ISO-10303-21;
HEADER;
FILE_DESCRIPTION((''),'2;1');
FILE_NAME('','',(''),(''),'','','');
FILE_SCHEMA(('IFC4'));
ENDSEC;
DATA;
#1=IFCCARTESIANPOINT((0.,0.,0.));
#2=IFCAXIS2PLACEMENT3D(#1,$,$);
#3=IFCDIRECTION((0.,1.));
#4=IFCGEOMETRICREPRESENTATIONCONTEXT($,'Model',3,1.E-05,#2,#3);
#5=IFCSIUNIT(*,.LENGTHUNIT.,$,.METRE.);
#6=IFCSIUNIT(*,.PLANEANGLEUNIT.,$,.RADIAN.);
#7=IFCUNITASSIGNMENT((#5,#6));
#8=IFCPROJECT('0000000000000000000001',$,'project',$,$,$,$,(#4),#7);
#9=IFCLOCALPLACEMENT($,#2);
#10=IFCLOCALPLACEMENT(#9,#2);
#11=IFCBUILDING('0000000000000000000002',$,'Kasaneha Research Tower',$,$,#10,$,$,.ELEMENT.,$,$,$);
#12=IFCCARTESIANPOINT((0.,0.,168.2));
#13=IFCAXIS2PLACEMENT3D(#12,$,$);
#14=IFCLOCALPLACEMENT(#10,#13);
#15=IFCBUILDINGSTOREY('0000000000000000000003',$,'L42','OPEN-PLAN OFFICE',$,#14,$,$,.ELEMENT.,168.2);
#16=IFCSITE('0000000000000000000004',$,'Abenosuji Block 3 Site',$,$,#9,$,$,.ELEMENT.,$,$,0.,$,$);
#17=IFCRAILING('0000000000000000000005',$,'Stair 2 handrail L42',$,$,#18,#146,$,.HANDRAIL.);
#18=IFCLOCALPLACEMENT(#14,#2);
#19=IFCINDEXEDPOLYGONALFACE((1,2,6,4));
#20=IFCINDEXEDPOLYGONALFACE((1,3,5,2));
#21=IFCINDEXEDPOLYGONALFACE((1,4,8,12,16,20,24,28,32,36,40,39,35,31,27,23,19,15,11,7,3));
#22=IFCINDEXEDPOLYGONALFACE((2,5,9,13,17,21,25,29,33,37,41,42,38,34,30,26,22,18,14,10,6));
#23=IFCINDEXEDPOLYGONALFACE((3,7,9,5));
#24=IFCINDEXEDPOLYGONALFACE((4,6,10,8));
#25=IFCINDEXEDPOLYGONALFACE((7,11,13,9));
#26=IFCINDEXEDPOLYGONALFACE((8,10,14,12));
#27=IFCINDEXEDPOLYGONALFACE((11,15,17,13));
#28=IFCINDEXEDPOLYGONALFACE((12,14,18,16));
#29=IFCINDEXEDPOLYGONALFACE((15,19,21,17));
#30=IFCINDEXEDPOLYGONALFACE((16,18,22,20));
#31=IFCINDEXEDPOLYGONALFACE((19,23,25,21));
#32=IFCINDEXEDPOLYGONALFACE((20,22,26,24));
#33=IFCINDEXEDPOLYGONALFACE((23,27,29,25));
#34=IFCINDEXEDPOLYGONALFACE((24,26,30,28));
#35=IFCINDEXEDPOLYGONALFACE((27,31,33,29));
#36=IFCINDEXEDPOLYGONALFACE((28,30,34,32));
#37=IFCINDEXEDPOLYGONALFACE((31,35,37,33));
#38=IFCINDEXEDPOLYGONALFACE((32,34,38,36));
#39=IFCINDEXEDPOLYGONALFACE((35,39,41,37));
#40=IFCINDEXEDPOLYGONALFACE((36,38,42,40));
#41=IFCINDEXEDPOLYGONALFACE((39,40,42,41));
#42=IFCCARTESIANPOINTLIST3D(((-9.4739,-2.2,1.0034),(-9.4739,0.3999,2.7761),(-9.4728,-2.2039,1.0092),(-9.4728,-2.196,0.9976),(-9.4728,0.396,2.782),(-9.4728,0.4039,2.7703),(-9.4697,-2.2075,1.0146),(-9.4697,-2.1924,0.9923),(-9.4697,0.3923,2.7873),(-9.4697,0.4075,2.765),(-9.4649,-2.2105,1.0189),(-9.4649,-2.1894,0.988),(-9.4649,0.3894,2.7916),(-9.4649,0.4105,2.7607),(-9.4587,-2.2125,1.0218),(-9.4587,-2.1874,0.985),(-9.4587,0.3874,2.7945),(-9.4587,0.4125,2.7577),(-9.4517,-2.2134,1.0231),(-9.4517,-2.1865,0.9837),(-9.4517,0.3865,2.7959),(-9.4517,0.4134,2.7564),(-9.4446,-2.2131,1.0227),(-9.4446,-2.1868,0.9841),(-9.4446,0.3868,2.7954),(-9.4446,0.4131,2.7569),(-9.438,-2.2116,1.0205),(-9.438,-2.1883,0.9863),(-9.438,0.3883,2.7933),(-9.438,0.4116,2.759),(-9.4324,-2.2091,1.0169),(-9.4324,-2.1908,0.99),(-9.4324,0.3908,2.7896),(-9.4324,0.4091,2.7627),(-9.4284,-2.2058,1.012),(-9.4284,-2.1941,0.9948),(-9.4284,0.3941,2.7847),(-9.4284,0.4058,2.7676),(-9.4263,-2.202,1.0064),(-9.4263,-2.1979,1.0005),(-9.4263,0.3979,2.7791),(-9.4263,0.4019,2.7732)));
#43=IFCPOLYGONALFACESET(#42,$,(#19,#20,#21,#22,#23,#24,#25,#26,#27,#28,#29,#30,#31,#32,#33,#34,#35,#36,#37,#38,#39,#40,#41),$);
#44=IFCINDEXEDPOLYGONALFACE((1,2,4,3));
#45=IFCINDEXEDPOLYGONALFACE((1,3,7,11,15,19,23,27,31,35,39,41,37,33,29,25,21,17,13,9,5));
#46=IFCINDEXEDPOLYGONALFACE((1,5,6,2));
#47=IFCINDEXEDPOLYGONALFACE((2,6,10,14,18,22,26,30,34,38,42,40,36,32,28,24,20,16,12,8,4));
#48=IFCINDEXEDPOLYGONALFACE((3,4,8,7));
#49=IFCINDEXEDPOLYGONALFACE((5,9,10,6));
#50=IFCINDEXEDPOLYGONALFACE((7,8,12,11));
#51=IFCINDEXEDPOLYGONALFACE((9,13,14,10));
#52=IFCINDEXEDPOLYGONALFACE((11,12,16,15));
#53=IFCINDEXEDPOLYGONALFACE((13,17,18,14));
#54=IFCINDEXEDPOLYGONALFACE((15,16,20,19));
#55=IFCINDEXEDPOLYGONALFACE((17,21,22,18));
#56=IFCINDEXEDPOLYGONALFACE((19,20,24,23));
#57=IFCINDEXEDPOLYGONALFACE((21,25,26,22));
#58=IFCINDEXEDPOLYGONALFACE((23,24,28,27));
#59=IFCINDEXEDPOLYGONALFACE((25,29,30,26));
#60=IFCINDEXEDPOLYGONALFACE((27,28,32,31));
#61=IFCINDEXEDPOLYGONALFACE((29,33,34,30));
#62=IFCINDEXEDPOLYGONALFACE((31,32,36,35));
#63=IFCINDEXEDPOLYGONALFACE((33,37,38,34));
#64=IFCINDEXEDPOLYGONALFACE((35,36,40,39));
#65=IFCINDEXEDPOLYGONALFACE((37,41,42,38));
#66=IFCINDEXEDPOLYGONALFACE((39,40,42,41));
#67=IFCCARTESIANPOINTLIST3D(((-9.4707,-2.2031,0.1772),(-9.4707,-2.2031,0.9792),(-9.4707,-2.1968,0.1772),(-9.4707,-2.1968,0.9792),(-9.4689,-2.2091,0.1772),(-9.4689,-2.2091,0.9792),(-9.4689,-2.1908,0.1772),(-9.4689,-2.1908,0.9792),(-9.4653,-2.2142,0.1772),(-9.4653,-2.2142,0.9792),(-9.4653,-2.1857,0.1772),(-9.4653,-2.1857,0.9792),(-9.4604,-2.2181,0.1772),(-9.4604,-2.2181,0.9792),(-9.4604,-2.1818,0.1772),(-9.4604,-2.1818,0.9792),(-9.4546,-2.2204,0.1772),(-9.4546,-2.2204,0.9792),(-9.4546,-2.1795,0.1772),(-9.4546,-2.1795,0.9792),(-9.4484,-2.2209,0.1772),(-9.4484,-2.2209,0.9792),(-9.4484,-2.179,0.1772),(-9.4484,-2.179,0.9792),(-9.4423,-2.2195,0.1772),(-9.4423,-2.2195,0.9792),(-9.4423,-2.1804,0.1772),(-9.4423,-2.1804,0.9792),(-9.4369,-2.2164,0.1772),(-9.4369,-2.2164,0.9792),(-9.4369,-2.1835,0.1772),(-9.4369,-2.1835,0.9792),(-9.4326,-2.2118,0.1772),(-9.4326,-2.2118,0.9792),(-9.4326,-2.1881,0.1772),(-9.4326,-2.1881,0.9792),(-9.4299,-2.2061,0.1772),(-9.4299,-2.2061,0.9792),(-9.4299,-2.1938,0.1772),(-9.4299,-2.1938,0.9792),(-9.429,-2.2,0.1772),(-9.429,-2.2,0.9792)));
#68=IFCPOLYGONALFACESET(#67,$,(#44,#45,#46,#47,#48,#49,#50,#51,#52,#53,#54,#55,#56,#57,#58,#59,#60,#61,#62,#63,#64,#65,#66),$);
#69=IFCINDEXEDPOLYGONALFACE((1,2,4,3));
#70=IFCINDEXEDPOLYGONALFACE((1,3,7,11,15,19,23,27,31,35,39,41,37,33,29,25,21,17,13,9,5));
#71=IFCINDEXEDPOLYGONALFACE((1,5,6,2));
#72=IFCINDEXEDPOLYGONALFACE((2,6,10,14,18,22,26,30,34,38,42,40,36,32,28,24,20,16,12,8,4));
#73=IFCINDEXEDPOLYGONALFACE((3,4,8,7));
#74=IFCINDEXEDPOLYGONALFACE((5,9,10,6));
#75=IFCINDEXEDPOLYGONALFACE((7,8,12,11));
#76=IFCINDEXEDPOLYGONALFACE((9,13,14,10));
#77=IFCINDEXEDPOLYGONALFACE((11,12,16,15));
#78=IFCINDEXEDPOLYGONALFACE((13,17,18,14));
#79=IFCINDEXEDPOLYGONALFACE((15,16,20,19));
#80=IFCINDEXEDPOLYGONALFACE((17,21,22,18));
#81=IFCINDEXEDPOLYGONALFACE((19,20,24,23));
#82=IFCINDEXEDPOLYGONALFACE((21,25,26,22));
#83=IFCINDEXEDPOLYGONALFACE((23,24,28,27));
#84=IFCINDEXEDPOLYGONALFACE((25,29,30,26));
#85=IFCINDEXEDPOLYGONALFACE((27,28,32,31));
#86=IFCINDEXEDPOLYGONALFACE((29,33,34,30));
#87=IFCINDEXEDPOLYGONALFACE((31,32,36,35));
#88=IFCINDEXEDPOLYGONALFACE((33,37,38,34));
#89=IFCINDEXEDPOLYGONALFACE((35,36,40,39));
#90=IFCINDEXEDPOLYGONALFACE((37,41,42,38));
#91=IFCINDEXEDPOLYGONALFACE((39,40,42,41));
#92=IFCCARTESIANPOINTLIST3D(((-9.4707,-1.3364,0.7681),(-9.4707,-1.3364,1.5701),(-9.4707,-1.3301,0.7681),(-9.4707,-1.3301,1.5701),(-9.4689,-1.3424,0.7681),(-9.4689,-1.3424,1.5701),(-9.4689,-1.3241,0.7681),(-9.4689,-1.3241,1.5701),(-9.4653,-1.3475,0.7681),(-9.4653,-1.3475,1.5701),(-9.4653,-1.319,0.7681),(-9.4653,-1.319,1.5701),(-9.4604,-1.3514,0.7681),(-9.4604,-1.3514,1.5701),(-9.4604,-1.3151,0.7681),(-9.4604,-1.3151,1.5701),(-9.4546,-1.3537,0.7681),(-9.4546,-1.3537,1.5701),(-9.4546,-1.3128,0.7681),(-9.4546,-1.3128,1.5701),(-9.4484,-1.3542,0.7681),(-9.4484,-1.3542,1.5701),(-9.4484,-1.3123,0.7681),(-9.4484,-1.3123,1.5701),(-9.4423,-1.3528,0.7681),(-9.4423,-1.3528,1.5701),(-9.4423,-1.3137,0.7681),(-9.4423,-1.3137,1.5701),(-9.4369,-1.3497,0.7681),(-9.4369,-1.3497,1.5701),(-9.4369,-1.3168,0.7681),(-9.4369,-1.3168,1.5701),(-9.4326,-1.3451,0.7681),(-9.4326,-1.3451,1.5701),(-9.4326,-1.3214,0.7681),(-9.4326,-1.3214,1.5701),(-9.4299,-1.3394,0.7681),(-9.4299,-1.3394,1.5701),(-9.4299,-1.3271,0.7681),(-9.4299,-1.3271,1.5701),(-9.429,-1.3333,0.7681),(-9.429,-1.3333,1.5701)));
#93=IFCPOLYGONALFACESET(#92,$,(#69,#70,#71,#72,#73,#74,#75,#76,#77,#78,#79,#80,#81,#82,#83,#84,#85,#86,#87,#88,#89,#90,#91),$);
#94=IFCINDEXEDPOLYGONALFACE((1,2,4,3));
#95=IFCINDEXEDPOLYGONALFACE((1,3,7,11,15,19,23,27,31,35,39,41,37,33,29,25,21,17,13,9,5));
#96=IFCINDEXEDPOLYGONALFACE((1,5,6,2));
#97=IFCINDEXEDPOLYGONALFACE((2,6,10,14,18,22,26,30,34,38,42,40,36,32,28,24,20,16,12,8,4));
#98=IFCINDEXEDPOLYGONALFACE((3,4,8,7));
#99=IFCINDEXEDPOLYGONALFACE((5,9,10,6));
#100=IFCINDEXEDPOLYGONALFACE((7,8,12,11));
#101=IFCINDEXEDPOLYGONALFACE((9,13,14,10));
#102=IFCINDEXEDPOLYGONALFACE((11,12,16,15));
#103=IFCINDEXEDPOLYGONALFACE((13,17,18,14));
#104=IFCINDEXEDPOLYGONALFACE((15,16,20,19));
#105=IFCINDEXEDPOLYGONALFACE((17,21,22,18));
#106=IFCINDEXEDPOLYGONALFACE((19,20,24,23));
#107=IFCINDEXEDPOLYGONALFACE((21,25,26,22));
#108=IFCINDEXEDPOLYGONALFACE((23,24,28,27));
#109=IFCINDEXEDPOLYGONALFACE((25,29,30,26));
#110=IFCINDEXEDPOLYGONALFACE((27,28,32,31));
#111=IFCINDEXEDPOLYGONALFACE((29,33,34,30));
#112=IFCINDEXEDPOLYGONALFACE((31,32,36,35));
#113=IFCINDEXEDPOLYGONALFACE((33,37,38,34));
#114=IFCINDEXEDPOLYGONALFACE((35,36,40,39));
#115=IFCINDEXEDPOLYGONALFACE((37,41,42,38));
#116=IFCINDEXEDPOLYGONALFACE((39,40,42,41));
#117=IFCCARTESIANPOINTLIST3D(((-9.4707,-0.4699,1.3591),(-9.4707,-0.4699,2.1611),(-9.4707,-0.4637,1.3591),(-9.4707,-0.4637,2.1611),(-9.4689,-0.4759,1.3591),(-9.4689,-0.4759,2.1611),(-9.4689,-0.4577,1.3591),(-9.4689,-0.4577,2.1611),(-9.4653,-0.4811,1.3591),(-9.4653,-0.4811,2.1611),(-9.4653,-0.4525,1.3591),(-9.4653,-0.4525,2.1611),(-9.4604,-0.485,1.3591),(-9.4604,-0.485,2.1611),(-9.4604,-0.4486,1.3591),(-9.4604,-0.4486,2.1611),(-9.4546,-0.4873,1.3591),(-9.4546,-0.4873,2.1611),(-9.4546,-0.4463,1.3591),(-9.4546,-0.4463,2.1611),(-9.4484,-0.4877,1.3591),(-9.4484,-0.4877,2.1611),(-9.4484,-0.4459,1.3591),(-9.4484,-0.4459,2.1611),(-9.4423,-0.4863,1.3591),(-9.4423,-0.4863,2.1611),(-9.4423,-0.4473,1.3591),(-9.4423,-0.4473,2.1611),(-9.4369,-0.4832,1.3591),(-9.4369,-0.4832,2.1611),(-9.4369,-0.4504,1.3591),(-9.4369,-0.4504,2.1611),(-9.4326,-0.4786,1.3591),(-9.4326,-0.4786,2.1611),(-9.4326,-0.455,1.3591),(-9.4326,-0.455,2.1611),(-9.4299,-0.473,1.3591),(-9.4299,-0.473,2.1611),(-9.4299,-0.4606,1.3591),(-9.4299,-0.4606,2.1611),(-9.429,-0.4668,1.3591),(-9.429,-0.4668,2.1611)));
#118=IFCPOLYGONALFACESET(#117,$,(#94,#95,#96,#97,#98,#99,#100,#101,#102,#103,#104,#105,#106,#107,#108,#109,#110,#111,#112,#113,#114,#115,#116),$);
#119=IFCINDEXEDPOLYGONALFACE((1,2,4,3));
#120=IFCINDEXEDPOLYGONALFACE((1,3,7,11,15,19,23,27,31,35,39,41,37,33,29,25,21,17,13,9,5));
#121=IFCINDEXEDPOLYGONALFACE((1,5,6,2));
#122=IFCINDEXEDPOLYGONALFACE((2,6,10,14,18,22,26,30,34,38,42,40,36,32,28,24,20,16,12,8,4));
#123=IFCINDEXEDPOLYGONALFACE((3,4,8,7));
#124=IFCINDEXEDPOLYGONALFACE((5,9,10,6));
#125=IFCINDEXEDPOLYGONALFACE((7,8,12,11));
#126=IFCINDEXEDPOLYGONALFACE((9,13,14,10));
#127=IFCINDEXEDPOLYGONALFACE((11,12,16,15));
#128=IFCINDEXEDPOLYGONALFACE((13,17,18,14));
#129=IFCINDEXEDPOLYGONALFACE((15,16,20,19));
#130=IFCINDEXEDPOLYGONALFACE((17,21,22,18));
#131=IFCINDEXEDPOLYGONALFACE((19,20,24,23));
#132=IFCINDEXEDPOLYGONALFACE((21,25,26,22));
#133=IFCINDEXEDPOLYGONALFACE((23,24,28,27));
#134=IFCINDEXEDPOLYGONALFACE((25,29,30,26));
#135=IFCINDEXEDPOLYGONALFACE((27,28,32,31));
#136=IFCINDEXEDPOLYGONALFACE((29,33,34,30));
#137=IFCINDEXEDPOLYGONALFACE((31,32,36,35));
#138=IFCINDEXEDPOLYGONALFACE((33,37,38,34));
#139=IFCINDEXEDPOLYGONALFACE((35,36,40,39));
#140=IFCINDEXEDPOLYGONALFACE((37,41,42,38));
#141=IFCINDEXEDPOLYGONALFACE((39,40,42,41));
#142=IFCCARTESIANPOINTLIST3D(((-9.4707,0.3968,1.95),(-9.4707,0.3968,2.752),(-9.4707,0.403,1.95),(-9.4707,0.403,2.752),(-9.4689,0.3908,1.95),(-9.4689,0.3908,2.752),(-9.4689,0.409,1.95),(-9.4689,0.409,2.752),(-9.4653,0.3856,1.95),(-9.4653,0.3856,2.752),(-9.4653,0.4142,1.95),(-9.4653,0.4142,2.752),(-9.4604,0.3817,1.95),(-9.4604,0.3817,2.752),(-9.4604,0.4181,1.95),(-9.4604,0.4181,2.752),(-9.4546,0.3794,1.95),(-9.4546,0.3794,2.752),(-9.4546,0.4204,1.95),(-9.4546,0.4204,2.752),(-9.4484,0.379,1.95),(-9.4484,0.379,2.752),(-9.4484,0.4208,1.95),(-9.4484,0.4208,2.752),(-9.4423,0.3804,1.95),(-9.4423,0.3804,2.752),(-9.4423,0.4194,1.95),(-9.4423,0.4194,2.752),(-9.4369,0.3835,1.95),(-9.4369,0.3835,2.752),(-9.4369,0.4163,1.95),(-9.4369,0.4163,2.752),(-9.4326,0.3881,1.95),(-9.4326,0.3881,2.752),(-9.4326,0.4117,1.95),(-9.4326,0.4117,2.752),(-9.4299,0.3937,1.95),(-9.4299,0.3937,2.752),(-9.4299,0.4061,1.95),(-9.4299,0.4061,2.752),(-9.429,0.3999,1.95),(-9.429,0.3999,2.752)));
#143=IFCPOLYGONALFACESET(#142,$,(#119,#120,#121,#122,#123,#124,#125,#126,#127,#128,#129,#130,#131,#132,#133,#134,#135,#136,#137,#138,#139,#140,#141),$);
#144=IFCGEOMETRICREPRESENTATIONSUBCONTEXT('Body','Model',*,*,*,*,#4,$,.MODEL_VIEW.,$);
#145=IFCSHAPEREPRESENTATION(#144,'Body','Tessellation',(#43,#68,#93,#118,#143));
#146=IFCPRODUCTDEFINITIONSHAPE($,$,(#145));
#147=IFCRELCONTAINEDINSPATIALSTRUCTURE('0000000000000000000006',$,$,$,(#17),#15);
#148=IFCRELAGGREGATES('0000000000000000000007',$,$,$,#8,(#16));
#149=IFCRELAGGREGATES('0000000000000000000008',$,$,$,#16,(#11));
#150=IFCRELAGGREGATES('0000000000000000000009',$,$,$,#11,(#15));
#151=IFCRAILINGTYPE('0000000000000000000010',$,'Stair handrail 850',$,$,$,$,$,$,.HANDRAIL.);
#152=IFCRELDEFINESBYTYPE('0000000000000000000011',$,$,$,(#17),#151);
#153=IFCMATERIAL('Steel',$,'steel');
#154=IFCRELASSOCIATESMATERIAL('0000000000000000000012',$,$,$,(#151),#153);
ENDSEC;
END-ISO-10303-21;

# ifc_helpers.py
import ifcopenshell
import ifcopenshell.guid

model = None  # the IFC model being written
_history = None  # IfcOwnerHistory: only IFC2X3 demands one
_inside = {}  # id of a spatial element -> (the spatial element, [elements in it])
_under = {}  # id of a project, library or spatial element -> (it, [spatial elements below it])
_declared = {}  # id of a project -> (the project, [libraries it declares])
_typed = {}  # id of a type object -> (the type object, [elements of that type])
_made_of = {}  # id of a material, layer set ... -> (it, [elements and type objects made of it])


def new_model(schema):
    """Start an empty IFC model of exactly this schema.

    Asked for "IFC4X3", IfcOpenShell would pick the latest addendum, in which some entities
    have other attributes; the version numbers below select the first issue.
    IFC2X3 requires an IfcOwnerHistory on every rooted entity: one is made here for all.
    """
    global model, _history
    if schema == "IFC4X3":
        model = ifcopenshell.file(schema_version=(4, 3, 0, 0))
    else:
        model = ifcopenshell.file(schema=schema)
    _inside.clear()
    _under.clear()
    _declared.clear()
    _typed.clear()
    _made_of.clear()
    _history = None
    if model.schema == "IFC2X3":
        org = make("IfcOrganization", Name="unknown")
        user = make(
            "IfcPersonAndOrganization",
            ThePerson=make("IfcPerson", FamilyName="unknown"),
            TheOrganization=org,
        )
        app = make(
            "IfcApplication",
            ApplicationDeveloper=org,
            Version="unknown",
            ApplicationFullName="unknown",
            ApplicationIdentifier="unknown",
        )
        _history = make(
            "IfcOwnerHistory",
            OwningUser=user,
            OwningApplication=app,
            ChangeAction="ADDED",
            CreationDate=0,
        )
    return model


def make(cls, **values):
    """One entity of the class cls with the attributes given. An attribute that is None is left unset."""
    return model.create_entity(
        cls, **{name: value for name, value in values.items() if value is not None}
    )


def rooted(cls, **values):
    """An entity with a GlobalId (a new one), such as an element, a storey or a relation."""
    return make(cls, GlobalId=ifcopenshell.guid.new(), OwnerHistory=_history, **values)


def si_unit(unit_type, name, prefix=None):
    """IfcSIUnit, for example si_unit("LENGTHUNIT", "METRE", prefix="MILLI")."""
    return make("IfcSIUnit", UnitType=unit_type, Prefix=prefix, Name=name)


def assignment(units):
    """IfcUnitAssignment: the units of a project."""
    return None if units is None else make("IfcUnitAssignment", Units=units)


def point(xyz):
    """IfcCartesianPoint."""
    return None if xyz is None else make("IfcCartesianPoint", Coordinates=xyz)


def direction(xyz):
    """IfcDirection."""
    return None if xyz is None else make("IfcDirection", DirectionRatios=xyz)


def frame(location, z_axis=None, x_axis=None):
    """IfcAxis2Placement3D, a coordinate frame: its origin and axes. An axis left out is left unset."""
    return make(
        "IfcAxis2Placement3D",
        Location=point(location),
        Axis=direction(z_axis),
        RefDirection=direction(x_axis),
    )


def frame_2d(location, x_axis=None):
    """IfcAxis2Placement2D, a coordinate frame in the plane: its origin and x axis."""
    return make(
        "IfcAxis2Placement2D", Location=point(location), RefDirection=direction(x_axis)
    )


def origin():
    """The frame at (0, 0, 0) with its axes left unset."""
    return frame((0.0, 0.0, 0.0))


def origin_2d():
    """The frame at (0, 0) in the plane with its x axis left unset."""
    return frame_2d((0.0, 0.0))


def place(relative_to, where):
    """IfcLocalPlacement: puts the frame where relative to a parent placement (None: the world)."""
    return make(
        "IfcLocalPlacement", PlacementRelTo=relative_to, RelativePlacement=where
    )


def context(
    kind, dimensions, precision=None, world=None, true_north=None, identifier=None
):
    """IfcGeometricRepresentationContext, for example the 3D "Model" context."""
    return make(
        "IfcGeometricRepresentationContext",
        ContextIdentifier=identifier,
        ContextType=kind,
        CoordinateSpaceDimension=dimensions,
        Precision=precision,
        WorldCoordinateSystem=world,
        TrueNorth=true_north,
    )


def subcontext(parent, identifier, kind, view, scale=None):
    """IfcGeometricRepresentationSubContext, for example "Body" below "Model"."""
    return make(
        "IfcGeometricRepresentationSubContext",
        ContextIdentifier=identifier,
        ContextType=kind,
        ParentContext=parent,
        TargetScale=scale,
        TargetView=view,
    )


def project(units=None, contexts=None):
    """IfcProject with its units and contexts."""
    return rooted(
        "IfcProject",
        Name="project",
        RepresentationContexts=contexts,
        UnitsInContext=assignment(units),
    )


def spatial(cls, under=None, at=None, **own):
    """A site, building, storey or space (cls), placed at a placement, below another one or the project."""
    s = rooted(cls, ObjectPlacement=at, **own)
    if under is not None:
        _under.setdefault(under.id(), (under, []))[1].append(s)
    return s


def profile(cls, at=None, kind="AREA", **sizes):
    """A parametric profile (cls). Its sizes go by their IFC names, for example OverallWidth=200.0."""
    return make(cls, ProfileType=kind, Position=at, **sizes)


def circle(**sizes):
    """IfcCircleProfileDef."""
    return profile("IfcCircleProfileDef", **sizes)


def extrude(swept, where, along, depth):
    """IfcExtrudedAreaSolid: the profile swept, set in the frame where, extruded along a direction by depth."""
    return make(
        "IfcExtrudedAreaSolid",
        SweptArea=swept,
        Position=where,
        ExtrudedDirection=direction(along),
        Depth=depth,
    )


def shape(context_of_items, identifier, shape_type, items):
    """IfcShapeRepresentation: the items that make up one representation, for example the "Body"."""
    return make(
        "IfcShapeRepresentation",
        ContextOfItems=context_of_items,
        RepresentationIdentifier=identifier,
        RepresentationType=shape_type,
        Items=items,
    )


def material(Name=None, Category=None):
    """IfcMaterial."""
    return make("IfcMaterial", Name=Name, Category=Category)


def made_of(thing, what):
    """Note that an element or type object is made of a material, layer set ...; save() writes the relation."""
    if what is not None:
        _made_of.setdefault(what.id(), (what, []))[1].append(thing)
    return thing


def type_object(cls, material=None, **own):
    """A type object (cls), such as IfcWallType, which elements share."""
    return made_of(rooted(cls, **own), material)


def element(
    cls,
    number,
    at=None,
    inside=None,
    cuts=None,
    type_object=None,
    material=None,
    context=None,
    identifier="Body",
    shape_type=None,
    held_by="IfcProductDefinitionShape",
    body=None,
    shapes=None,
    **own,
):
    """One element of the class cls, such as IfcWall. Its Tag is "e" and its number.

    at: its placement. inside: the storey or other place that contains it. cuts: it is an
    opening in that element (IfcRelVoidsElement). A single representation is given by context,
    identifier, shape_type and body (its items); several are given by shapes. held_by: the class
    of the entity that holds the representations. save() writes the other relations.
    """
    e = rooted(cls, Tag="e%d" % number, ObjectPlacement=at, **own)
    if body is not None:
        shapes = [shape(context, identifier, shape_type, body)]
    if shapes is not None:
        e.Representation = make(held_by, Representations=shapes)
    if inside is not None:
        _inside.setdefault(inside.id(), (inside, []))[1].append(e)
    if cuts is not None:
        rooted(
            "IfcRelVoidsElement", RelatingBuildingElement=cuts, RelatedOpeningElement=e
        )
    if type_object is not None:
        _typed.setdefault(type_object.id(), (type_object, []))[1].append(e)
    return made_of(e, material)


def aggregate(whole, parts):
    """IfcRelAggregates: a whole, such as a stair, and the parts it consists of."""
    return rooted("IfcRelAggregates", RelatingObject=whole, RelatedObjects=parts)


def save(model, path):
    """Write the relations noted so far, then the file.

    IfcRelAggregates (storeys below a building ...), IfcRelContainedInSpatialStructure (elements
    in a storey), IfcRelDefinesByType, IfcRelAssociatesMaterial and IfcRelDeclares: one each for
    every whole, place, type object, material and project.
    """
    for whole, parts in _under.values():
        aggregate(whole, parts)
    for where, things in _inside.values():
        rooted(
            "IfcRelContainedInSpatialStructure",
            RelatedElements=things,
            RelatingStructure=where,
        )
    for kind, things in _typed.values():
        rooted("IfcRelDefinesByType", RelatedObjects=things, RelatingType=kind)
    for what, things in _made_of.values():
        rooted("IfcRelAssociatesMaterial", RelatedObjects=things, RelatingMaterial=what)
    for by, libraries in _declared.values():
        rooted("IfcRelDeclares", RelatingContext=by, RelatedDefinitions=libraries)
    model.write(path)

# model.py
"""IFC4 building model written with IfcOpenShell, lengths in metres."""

from ifc_helpers import new_model, si_unit, direction, frame, origin, origin_2d, place, context, subcontext, project, spatial, circle, extrude, material, type_object, element, save


model = new_model("IFC4")

# Units and contexts
model_context = context("Model", 3, precision=1e-05, world=origin(), true_north=direction((0.0, 1.0)))
body_context = subcontext(model_context, "Body", "Model", "MODEL_VIEW")
ifc_project = project(units=[si_unit("LENGTHUNIT", "METRE"), si_unit("PLANEANGLEUNIT", "RADIAN")], contexts=[model_context])

# Site, building, storey
site_placement = place(None, origin())
site = spatial("IfcSite", under=ifc_project, at=site_placement, Name="Abenosuji Block 3 Site", CompositionType="ELEMENT", RefElevation=0.0)
building_placement = place(site_placement, origin())
building = spatial("IfcBuilding", under=site, at=building_placement, Name="Kasaneha Research Tower", CompositionType="ELEMENT")
storey_placement = place(building_placement, frame((0.0, 0.0, 168.2)))
storey = spatial("IfcBuildingStorey", under=building, at=storey_placement, Name="L42", Description="OPEN-PLAN OFFICE", CompositionType="ELEMENT", Elevation=168.2)

# Railing
ifc_material_1 = material(Name="Steel", Category="steel")
railing_type_1 = type_object("IfcRailingType", Name="Stair handrail 850", PredefinedType="HANDRAIL", material=ifc_material_1)
railing_1_placement = place(storey_placement, frame((-9.45, -2.2, 0.1772)))
element("IfcRailing", 1, at=railing_1_placement, inside=storey, type_object=railing_type_1, Name="Stair 2 handrail L42", PredefinedType="HANDRAIL", context=body_context, shape_type="SweptSolid", body=[
    extrude(circle(Radius=0.0239, at=origin_2d()), frame((0.0, 0.0, 0.8262), z_axis=(0.0, 0.826216, 0.563354), x_axis=(-1.0, 0.0, 0.0)), (0.0, 0.0, 1.0), 3.1467),
    extrude(circle(Radius=0.021, at=origin_2d()), origin(), (0.0, 0.0, 1.0), 0.802),
    extrude(circle(Radius=0.021, at=origin_2d()), frame((0.0, 0.8667, 0.5908)), (0.0, 0.0, 1.0), 0.802),
    extrude(circle(Radius=0.021, at=origin_2d()), frame((0.0, 1.7332, 1.1819)), (0.0, 0.0, 1.0), 0.802),
    extrude(circle(Radius=0.021, at=origin_2d()), frame((0.0, 2.5999, 1.7727)), (0.0, 0.0, 1.0), 0.802),
])

save(model, "model.ifc")
